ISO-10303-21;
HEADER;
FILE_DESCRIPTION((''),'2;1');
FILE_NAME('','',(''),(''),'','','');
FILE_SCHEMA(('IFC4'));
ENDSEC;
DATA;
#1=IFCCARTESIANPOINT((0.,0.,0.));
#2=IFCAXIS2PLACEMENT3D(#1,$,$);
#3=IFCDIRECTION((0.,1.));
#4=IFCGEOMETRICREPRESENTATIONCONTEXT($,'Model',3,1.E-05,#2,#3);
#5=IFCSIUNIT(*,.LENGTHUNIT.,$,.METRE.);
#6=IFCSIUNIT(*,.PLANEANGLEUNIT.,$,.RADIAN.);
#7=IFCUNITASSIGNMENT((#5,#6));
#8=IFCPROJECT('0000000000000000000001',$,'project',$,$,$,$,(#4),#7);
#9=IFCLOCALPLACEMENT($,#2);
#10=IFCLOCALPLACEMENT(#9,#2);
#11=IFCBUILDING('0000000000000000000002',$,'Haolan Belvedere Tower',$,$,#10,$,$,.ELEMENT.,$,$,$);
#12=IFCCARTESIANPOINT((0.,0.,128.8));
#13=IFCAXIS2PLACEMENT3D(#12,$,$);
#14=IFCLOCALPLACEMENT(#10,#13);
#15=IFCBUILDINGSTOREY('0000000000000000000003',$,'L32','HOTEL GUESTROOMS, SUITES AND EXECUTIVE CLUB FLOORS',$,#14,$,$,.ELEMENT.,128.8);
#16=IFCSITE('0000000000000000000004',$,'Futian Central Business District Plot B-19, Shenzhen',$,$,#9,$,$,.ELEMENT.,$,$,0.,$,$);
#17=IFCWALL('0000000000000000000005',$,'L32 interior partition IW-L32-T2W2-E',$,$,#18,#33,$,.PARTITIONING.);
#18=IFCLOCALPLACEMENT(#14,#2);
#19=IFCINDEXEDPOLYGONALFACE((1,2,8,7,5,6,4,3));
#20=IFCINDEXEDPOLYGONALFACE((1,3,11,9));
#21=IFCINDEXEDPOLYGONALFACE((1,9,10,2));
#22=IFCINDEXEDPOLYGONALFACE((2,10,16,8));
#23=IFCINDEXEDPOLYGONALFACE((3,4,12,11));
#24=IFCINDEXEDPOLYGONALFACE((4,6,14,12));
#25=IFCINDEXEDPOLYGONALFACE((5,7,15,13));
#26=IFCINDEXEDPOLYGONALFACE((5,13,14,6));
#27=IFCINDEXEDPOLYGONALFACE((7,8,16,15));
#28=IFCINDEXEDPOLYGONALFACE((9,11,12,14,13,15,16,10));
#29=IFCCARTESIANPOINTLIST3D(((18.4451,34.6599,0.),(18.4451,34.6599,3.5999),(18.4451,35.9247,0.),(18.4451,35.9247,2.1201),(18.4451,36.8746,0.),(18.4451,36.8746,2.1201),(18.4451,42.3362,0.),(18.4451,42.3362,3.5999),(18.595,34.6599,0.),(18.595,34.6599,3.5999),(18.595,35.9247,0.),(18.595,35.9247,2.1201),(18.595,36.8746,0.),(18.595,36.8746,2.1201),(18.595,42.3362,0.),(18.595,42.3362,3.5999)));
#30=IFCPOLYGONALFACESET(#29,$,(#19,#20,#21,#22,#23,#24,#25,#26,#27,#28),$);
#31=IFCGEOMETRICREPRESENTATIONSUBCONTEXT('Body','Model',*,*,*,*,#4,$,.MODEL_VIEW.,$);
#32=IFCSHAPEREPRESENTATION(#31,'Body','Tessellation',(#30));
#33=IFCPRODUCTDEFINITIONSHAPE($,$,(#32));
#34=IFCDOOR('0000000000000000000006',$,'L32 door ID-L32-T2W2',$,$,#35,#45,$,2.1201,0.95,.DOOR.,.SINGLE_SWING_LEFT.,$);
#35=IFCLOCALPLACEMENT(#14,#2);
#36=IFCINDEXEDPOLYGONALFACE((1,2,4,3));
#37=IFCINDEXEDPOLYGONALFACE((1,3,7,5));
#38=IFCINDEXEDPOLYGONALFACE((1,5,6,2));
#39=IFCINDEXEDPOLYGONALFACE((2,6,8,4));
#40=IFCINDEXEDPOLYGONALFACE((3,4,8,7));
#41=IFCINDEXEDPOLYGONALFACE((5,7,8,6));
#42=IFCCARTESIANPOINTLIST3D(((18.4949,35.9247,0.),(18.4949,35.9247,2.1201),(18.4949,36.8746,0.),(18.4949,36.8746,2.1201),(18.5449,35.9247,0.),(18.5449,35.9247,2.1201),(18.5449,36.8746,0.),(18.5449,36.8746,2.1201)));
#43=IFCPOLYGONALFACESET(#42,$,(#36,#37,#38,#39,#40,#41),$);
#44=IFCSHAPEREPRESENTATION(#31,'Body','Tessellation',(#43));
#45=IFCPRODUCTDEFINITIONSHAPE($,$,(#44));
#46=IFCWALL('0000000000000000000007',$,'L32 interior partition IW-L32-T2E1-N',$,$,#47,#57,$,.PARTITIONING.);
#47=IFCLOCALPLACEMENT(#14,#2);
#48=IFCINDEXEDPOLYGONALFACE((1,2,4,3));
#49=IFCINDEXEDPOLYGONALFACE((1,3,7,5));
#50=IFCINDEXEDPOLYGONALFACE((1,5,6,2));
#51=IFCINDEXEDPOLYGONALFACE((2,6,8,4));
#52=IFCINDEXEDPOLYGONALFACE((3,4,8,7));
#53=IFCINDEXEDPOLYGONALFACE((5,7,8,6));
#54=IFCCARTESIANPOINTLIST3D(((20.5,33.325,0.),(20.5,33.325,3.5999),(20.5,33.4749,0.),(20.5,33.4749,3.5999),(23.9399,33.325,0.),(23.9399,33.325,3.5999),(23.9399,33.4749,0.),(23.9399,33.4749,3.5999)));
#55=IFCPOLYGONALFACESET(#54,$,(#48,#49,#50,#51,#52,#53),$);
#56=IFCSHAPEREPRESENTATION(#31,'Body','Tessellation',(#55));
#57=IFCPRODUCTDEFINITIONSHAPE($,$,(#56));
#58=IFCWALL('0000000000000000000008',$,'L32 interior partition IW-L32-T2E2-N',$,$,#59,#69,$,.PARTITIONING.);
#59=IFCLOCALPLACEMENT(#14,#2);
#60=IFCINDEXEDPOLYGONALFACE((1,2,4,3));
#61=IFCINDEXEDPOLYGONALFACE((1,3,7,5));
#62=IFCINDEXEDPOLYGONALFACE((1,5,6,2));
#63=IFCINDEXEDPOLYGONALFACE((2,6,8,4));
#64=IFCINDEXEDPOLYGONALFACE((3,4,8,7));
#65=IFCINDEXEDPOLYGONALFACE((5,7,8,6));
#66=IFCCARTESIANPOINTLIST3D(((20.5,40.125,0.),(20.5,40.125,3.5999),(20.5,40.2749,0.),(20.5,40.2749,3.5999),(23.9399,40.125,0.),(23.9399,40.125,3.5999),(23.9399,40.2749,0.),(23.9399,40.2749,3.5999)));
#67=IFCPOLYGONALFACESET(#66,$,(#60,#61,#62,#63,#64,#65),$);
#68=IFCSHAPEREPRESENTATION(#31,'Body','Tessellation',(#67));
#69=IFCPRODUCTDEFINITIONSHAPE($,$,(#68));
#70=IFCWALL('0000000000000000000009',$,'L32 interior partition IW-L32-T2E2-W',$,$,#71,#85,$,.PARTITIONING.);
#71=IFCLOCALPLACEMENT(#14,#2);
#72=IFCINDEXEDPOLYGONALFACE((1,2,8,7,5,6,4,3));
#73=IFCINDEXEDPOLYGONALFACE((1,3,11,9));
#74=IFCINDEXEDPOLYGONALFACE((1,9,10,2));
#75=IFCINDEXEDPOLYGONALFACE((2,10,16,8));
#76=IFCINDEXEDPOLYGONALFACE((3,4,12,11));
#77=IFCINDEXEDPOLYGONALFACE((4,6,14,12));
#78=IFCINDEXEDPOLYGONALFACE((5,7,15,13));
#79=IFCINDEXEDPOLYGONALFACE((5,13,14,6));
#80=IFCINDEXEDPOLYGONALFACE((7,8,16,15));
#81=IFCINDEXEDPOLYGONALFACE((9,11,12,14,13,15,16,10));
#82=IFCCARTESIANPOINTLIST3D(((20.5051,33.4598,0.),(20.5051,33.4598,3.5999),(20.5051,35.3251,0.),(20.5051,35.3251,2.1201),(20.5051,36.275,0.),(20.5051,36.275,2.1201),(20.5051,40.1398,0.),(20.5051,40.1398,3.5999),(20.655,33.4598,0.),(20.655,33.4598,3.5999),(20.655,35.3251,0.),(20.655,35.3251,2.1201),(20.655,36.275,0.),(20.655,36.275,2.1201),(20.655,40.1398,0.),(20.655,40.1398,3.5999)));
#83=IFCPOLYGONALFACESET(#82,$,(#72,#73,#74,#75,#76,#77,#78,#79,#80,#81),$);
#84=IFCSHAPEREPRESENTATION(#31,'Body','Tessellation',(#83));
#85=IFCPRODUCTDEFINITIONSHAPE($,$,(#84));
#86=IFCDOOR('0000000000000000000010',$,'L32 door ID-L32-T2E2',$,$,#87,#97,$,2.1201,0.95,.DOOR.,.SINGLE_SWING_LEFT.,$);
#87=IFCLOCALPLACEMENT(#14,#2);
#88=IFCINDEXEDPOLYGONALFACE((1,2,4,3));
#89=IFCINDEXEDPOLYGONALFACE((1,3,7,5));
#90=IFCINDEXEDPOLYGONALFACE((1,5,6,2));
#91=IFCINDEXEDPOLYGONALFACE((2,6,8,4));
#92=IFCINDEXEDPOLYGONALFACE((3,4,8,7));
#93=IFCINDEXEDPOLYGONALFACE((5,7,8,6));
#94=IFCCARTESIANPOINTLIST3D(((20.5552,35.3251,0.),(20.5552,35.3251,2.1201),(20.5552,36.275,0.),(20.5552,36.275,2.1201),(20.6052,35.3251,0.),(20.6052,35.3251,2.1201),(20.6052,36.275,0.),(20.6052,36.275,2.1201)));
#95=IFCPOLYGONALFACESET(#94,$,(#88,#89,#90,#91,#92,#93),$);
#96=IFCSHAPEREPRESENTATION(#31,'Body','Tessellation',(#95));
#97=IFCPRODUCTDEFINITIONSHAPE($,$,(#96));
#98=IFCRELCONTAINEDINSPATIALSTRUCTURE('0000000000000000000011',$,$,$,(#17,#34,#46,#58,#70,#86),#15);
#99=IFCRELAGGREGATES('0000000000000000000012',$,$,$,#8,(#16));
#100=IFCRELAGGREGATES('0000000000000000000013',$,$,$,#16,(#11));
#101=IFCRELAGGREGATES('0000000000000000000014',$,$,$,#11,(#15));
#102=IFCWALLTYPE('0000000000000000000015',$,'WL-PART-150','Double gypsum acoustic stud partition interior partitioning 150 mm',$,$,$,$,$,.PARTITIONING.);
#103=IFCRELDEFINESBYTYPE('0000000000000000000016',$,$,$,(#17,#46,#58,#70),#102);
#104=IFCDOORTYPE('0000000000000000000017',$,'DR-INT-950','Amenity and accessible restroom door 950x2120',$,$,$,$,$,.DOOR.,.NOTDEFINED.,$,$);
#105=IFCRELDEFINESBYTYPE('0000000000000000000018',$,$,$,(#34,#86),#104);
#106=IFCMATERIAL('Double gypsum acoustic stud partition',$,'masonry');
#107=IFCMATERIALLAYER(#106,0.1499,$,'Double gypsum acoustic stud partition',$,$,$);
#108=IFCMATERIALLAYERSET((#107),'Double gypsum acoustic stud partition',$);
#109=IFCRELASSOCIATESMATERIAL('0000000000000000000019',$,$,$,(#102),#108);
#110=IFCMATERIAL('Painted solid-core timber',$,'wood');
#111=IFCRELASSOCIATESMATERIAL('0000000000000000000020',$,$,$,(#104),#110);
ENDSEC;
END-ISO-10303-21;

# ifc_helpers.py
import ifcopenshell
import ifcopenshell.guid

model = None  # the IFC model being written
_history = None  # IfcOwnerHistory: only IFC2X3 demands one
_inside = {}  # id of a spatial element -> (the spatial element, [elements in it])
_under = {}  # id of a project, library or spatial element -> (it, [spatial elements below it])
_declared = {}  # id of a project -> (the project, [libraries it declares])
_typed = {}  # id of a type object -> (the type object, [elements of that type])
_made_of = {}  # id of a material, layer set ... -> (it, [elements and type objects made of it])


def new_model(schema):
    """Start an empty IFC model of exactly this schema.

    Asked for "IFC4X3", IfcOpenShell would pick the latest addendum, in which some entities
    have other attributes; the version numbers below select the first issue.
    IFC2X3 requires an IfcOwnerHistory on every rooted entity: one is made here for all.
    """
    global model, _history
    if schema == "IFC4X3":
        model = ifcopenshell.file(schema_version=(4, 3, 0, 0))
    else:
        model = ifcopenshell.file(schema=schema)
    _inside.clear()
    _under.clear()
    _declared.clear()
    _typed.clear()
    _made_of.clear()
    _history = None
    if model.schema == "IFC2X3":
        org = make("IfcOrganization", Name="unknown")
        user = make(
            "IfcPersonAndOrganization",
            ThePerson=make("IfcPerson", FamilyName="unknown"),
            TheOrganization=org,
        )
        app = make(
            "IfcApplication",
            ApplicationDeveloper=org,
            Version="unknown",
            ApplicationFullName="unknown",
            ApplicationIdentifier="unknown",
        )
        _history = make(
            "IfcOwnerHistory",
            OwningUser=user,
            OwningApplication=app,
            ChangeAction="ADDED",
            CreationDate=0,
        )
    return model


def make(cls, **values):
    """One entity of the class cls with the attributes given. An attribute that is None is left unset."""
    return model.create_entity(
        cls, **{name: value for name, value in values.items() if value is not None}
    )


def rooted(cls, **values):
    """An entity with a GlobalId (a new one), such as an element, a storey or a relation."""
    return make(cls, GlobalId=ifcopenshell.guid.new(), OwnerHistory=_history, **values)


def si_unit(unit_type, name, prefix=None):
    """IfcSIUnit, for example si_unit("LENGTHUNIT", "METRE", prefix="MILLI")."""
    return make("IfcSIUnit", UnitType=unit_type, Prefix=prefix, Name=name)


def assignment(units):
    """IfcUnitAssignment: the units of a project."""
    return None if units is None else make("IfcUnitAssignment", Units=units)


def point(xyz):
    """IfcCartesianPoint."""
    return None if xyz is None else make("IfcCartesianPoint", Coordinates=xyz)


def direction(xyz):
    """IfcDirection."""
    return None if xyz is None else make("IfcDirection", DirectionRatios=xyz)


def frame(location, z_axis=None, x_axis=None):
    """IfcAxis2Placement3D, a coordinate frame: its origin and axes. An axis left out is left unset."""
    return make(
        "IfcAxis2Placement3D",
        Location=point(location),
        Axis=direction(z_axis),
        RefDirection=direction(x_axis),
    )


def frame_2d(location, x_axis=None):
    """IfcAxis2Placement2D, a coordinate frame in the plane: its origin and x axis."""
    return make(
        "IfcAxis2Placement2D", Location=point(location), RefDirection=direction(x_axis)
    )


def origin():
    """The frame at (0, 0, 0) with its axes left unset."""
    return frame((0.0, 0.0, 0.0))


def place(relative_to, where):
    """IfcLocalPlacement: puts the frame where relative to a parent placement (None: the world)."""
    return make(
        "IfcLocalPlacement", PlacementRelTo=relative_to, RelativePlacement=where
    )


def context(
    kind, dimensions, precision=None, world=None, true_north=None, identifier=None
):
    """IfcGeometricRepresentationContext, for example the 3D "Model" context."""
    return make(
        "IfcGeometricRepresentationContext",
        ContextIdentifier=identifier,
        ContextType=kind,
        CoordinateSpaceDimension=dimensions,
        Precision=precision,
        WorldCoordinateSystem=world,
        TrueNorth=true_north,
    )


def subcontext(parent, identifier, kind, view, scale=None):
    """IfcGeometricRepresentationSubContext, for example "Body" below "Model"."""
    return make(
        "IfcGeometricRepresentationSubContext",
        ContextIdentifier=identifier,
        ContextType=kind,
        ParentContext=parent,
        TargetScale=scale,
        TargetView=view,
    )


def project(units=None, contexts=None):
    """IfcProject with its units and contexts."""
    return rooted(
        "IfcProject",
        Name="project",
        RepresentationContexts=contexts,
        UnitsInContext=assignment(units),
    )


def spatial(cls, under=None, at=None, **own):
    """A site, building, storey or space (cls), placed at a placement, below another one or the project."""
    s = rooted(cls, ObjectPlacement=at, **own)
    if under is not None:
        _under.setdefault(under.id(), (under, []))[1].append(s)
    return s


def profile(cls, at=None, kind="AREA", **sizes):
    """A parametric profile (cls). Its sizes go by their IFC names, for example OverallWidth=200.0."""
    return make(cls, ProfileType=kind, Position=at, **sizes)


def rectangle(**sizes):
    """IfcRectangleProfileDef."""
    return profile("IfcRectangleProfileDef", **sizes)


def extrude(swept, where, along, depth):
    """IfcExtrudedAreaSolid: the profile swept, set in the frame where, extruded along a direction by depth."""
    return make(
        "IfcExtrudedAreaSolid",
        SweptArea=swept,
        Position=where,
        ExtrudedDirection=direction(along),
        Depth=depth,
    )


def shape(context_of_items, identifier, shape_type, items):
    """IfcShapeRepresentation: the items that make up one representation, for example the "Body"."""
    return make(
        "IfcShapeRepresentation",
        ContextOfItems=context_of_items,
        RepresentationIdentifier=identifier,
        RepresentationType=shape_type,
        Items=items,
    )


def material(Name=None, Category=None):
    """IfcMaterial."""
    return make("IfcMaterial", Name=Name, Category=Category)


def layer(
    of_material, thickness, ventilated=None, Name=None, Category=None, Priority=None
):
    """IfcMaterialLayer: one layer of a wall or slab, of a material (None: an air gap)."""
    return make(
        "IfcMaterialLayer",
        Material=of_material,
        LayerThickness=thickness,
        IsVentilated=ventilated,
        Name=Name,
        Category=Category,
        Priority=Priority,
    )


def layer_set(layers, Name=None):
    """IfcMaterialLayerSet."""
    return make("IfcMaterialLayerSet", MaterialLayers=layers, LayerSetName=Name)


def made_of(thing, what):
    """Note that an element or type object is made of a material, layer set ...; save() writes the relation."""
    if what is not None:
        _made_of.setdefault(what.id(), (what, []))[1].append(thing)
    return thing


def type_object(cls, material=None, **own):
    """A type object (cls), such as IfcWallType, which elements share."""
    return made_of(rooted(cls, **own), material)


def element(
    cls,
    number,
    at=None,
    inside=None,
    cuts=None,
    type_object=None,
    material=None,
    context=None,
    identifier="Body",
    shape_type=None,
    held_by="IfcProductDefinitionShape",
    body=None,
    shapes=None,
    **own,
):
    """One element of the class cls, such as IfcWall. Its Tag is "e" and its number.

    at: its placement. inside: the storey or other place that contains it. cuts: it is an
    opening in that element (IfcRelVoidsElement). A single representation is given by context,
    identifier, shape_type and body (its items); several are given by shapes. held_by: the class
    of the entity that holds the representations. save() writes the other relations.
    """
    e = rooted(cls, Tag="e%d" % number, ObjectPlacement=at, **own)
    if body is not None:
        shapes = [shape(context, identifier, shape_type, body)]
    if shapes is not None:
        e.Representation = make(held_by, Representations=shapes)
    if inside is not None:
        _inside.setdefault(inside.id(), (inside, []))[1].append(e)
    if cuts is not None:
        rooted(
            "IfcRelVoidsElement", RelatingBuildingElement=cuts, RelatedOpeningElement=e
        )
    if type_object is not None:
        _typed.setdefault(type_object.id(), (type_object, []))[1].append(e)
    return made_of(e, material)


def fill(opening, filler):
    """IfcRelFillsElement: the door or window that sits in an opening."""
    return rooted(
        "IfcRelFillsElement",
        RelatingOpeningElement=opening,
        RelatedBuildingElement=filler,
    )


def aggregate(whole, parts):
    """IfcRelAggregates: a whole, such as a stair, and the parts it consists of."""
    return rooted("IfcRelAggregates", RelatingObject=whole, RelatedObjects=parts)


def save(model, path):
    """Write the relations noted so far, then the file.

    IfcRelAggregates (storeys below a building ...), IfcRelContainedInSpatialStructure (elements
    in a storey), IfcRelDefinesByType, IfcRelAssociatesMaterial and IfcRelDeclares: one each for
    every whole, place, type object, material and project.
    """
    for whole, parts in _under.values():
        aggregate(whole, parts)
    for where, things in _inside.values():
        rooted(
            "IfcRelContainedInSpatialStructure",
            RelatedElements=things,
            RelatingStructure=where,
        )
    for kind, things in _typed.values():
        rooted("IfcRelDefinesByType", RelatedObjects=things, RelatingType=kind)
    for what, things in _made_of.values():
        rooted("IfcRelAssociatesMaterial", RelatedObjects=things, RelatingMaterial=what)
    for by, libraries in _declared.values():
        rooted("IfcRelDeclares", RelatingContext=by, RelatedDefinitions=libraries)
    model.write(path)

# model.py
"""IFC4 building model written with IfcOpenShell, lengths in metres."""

from ifc_helpers import new_model, si_unit, direction, frame, frame_2d, origin, place, context, subcontext, project, spatial, rectangle, extrude, material, layer, layer_set, type_object, element, fill, save


model = new_model("IFC4")

# Units and contexts
model_context = context("Model", 3, precision=1e-05, world=origin(), true_north=direction((0.0, 1.0)))
body_context = subcontext(model_context, "Body", "Model", "MODEL_VIEW")
ifc_project = project(units=[si_unit("LENGTHUNIT", "METRE"), si_unit("PLANEANGLEUNIT", "RADIAN")], contexts=[model_context])

# Site, building, storey
site_placement = place(None, origin())
site = spatial("IfcSite", under=ifc_project, at=site_placement, Name="Futian Central Business District Plot B-19, Shenzhen", CompositionType="ELEMENT", RefElevation=0.0)
building_placement = place(site_placement, origin())
building = spatial("IfcBuilding", under=site, at=building_placement, Name="Haolan Belvedere Tower", CompositionType="ELEMENT")
storey_placement = place(building_placement, frame((0.0, 0.0, 128.8)))
storey = spatial("IfcBuildingStorey", under=building, at=storey_placement, Name="L32", Description="HOTEL GUESTROOMS, SUITES AND EXECUTIVE CLUB FLOORS", CompositionType="ELEMENT", Elevation=128.8)

# Shared definitions
ifc_material_1 = material(Name="Double gypsum acoustic stud partition", Category="masonry")
ifc_layer_1 = layer(ifc_material_1, 0.1499, Name="Double gypsum acoustic stud partition")
ifc_layer_set_1 = layer_set([ifc_layer_1], Name="Double gypsum acoustic stud partition")
wall_type_1 = type_object("IfcWallType", Name="WL-PART-150", Description="Double gypsum acoustic stud partition interior partitioning 150 mm", PredefinedType="PARTITIONING", material=ifc_layer_set_1)

# Wall, opening, door
wall_1_placement = place(storey_placement, frame((18.52, 34.6599, 0.0), z_axis=(0.0, 0.0, 1.0), x_axis=(0.0, 1.0, 0.0)))
wall_1 = element("IfcWall", 1, at=wall_1_placement, inside=storey, type_object=wall_type_1, Name="L32 interior partition IW-L32-T2W2-E", PredefinedType="PARTITIONING", context=body_context, shape_type="SweptSolid", body=[
    extrude(rectangle(XDim=7.6763, YDim=0.1499, at=frame_2d((3.8381, 0.0))), origin(), (0.0, 0.0, 1.0), 3.5999),
])
opening_1_placement = place(wall_1_placement, frame((2.2148, 0.0, 0.0), z_axis=(0.0, 0.0, 1.0), x_axis=(-1.0, 0.0, 0.0)))
opening_1 = element("IfcOpeningElement", 2, at=opening_1_placement, cuts=wall_1, PredefinedType="OPENING", context=body_context, shape_type="SweptSolid", body=[
    extrude(rectangle(XDim=0.95, YDim=2.1201, at=frame_2d((0.4751, 1.0601))), frame((0.0, 0.085, 0.0), z_axis=(0.0, -1.0, 0.0), x_axis=(1.0, 0.0, 0.0)), (0.0, 0.0, 1.0), 0.1699),
])
ifc_material_2 = material(Name="Painted solid-core timber", Category="wood")
door_type = type_object("IfcDoorType", Name="DR-INT-950", Description="Amenity and accessible restroom door 950x2120", OperationType="NOTDEFINED", PredefinedType="DOOR", material=ifc_material_2)
door_1_placement = place(opening_1_placement, origin())
door_1 = element("IfcDoor", 3, at=door_1_placement, inside=storey, type_object=door_type, Name="L32 door ID-L32-T2W2", OperationType="SINGLE_SWING_LEFT", OverallHeight=2.1201, OverallWidth=0.95, PredefinedType="DOOR", context=body_context, shape_type="SweptSolid", body=[
    extrude(rectangle(XDim=0.95, YDim=2.1201, at=frame_2d((0.4751, 1.0601))), frame((0.0, 0.0249, 0.0), z_axis=(0.0, -1.0, 0.0), x_axis=(1.0, 0.0, 0.0)), (0.0, 0.0, 1.0), 0.05),
])
fill(opening_1, door_1)

# Walls
for number, where, z_axis, x_axis, name in (
    (4, (20.5, 33.3999, 0.0), (0.0, 0.0, 1.0), (1.0, 0.0, 0.0), "L32 interior partition IW-L32-T2E1-N"),
    (5, (20.5, 40.2, 0.0), (0.0, 0.0, 1.0), (1.0, 0.0, 0.0), "L32 interior partition IW-L32-T2E2-N"),
):
    element("IfcWall", number, at=place(storey_placement, frame(where, z_axis=z_axis, x_axis=x_axis)), inside=storey, type_object=wall_type_1, Name=name, PredefinedType="PARTITIONING", context=body_context, shape_type="SweptSolid", body=[
        extrude(rectangle(XDim=3.4399, YDim=0.1499, at=frame_2d((1.72, 0.0))), origin(), (0.0, 0.0, 1.0), 3.5999),
    ])

# Wall, opening, door
wall_2_placement = place(storey_placement, frame((20.5801, 33.46, 0.0), z_axis=(0.0, 0.0, 1.0), x_axis=(0.0, 1.0, 0.0)))
wall_2 = element("IfcWall", 6, at=wall_2_placement, inside=storey, type_object=wall_type_1, Name="L32 interior partition IW-L32-T2E2-W", PredefinedType="PARTITIONING", context=body_context, shape_type="SweptSolid", body=[
    extrude(rectangle(XDim=6.6799, YDim=0.1499, at=frame_2d((3.3398, 0.0))), origin(), (0.0, 0.0, 1.0), 3.5999),
])
opening_2_placement = place(wall_2_placement, frame((1.865, 0.0, 0.0)))
opening_2 = element("IfcOpeningElement", 7, at=opening_2_placement, cuts=wall_2, PredefinedType="OPENING", context=body_context, shape_type="SweptSolid", body=[
    extrude(rectangle(XDim=0.95, YDim=2.1201, at=frame_2d((0.4751, 1.0601))), frame((0.0, 0.085, 0.0), z_axis=(0.0, -1.0, 0.0), x_axis=(1.0, 0.0, 0.0)), (0.0, 0.0, 1.0), 0.1699),
])
door_2_placement = place(opening_2_placement, origin())
door_2 = element("IfcDoor", 8, at=door_2_placement, inside=storey, type_object=door_type, Name="L32 door ID-L32-T2E2", OperationType="SINGLE_SWING_LEFT", OverallHeight=2.1201, OverallWidth=0.95, PredefinedType="DOOR", context=body_context, shape_type="SweptSolid", body=[
    extrude(rectangle(XDim=0.95, YDim=2.1201, at=frame_2d((0.4751, 1.0601))), frame((0.0, 0.0249, 0.0), z_axis=(0.0, -1.0, 0.0), x_axis=(1.0, 0.0, 0.0)), (0.0, 0.0, 1.0), 0.05),
])
fill(opening_2, door_2)

save(model, "model.ifc")
